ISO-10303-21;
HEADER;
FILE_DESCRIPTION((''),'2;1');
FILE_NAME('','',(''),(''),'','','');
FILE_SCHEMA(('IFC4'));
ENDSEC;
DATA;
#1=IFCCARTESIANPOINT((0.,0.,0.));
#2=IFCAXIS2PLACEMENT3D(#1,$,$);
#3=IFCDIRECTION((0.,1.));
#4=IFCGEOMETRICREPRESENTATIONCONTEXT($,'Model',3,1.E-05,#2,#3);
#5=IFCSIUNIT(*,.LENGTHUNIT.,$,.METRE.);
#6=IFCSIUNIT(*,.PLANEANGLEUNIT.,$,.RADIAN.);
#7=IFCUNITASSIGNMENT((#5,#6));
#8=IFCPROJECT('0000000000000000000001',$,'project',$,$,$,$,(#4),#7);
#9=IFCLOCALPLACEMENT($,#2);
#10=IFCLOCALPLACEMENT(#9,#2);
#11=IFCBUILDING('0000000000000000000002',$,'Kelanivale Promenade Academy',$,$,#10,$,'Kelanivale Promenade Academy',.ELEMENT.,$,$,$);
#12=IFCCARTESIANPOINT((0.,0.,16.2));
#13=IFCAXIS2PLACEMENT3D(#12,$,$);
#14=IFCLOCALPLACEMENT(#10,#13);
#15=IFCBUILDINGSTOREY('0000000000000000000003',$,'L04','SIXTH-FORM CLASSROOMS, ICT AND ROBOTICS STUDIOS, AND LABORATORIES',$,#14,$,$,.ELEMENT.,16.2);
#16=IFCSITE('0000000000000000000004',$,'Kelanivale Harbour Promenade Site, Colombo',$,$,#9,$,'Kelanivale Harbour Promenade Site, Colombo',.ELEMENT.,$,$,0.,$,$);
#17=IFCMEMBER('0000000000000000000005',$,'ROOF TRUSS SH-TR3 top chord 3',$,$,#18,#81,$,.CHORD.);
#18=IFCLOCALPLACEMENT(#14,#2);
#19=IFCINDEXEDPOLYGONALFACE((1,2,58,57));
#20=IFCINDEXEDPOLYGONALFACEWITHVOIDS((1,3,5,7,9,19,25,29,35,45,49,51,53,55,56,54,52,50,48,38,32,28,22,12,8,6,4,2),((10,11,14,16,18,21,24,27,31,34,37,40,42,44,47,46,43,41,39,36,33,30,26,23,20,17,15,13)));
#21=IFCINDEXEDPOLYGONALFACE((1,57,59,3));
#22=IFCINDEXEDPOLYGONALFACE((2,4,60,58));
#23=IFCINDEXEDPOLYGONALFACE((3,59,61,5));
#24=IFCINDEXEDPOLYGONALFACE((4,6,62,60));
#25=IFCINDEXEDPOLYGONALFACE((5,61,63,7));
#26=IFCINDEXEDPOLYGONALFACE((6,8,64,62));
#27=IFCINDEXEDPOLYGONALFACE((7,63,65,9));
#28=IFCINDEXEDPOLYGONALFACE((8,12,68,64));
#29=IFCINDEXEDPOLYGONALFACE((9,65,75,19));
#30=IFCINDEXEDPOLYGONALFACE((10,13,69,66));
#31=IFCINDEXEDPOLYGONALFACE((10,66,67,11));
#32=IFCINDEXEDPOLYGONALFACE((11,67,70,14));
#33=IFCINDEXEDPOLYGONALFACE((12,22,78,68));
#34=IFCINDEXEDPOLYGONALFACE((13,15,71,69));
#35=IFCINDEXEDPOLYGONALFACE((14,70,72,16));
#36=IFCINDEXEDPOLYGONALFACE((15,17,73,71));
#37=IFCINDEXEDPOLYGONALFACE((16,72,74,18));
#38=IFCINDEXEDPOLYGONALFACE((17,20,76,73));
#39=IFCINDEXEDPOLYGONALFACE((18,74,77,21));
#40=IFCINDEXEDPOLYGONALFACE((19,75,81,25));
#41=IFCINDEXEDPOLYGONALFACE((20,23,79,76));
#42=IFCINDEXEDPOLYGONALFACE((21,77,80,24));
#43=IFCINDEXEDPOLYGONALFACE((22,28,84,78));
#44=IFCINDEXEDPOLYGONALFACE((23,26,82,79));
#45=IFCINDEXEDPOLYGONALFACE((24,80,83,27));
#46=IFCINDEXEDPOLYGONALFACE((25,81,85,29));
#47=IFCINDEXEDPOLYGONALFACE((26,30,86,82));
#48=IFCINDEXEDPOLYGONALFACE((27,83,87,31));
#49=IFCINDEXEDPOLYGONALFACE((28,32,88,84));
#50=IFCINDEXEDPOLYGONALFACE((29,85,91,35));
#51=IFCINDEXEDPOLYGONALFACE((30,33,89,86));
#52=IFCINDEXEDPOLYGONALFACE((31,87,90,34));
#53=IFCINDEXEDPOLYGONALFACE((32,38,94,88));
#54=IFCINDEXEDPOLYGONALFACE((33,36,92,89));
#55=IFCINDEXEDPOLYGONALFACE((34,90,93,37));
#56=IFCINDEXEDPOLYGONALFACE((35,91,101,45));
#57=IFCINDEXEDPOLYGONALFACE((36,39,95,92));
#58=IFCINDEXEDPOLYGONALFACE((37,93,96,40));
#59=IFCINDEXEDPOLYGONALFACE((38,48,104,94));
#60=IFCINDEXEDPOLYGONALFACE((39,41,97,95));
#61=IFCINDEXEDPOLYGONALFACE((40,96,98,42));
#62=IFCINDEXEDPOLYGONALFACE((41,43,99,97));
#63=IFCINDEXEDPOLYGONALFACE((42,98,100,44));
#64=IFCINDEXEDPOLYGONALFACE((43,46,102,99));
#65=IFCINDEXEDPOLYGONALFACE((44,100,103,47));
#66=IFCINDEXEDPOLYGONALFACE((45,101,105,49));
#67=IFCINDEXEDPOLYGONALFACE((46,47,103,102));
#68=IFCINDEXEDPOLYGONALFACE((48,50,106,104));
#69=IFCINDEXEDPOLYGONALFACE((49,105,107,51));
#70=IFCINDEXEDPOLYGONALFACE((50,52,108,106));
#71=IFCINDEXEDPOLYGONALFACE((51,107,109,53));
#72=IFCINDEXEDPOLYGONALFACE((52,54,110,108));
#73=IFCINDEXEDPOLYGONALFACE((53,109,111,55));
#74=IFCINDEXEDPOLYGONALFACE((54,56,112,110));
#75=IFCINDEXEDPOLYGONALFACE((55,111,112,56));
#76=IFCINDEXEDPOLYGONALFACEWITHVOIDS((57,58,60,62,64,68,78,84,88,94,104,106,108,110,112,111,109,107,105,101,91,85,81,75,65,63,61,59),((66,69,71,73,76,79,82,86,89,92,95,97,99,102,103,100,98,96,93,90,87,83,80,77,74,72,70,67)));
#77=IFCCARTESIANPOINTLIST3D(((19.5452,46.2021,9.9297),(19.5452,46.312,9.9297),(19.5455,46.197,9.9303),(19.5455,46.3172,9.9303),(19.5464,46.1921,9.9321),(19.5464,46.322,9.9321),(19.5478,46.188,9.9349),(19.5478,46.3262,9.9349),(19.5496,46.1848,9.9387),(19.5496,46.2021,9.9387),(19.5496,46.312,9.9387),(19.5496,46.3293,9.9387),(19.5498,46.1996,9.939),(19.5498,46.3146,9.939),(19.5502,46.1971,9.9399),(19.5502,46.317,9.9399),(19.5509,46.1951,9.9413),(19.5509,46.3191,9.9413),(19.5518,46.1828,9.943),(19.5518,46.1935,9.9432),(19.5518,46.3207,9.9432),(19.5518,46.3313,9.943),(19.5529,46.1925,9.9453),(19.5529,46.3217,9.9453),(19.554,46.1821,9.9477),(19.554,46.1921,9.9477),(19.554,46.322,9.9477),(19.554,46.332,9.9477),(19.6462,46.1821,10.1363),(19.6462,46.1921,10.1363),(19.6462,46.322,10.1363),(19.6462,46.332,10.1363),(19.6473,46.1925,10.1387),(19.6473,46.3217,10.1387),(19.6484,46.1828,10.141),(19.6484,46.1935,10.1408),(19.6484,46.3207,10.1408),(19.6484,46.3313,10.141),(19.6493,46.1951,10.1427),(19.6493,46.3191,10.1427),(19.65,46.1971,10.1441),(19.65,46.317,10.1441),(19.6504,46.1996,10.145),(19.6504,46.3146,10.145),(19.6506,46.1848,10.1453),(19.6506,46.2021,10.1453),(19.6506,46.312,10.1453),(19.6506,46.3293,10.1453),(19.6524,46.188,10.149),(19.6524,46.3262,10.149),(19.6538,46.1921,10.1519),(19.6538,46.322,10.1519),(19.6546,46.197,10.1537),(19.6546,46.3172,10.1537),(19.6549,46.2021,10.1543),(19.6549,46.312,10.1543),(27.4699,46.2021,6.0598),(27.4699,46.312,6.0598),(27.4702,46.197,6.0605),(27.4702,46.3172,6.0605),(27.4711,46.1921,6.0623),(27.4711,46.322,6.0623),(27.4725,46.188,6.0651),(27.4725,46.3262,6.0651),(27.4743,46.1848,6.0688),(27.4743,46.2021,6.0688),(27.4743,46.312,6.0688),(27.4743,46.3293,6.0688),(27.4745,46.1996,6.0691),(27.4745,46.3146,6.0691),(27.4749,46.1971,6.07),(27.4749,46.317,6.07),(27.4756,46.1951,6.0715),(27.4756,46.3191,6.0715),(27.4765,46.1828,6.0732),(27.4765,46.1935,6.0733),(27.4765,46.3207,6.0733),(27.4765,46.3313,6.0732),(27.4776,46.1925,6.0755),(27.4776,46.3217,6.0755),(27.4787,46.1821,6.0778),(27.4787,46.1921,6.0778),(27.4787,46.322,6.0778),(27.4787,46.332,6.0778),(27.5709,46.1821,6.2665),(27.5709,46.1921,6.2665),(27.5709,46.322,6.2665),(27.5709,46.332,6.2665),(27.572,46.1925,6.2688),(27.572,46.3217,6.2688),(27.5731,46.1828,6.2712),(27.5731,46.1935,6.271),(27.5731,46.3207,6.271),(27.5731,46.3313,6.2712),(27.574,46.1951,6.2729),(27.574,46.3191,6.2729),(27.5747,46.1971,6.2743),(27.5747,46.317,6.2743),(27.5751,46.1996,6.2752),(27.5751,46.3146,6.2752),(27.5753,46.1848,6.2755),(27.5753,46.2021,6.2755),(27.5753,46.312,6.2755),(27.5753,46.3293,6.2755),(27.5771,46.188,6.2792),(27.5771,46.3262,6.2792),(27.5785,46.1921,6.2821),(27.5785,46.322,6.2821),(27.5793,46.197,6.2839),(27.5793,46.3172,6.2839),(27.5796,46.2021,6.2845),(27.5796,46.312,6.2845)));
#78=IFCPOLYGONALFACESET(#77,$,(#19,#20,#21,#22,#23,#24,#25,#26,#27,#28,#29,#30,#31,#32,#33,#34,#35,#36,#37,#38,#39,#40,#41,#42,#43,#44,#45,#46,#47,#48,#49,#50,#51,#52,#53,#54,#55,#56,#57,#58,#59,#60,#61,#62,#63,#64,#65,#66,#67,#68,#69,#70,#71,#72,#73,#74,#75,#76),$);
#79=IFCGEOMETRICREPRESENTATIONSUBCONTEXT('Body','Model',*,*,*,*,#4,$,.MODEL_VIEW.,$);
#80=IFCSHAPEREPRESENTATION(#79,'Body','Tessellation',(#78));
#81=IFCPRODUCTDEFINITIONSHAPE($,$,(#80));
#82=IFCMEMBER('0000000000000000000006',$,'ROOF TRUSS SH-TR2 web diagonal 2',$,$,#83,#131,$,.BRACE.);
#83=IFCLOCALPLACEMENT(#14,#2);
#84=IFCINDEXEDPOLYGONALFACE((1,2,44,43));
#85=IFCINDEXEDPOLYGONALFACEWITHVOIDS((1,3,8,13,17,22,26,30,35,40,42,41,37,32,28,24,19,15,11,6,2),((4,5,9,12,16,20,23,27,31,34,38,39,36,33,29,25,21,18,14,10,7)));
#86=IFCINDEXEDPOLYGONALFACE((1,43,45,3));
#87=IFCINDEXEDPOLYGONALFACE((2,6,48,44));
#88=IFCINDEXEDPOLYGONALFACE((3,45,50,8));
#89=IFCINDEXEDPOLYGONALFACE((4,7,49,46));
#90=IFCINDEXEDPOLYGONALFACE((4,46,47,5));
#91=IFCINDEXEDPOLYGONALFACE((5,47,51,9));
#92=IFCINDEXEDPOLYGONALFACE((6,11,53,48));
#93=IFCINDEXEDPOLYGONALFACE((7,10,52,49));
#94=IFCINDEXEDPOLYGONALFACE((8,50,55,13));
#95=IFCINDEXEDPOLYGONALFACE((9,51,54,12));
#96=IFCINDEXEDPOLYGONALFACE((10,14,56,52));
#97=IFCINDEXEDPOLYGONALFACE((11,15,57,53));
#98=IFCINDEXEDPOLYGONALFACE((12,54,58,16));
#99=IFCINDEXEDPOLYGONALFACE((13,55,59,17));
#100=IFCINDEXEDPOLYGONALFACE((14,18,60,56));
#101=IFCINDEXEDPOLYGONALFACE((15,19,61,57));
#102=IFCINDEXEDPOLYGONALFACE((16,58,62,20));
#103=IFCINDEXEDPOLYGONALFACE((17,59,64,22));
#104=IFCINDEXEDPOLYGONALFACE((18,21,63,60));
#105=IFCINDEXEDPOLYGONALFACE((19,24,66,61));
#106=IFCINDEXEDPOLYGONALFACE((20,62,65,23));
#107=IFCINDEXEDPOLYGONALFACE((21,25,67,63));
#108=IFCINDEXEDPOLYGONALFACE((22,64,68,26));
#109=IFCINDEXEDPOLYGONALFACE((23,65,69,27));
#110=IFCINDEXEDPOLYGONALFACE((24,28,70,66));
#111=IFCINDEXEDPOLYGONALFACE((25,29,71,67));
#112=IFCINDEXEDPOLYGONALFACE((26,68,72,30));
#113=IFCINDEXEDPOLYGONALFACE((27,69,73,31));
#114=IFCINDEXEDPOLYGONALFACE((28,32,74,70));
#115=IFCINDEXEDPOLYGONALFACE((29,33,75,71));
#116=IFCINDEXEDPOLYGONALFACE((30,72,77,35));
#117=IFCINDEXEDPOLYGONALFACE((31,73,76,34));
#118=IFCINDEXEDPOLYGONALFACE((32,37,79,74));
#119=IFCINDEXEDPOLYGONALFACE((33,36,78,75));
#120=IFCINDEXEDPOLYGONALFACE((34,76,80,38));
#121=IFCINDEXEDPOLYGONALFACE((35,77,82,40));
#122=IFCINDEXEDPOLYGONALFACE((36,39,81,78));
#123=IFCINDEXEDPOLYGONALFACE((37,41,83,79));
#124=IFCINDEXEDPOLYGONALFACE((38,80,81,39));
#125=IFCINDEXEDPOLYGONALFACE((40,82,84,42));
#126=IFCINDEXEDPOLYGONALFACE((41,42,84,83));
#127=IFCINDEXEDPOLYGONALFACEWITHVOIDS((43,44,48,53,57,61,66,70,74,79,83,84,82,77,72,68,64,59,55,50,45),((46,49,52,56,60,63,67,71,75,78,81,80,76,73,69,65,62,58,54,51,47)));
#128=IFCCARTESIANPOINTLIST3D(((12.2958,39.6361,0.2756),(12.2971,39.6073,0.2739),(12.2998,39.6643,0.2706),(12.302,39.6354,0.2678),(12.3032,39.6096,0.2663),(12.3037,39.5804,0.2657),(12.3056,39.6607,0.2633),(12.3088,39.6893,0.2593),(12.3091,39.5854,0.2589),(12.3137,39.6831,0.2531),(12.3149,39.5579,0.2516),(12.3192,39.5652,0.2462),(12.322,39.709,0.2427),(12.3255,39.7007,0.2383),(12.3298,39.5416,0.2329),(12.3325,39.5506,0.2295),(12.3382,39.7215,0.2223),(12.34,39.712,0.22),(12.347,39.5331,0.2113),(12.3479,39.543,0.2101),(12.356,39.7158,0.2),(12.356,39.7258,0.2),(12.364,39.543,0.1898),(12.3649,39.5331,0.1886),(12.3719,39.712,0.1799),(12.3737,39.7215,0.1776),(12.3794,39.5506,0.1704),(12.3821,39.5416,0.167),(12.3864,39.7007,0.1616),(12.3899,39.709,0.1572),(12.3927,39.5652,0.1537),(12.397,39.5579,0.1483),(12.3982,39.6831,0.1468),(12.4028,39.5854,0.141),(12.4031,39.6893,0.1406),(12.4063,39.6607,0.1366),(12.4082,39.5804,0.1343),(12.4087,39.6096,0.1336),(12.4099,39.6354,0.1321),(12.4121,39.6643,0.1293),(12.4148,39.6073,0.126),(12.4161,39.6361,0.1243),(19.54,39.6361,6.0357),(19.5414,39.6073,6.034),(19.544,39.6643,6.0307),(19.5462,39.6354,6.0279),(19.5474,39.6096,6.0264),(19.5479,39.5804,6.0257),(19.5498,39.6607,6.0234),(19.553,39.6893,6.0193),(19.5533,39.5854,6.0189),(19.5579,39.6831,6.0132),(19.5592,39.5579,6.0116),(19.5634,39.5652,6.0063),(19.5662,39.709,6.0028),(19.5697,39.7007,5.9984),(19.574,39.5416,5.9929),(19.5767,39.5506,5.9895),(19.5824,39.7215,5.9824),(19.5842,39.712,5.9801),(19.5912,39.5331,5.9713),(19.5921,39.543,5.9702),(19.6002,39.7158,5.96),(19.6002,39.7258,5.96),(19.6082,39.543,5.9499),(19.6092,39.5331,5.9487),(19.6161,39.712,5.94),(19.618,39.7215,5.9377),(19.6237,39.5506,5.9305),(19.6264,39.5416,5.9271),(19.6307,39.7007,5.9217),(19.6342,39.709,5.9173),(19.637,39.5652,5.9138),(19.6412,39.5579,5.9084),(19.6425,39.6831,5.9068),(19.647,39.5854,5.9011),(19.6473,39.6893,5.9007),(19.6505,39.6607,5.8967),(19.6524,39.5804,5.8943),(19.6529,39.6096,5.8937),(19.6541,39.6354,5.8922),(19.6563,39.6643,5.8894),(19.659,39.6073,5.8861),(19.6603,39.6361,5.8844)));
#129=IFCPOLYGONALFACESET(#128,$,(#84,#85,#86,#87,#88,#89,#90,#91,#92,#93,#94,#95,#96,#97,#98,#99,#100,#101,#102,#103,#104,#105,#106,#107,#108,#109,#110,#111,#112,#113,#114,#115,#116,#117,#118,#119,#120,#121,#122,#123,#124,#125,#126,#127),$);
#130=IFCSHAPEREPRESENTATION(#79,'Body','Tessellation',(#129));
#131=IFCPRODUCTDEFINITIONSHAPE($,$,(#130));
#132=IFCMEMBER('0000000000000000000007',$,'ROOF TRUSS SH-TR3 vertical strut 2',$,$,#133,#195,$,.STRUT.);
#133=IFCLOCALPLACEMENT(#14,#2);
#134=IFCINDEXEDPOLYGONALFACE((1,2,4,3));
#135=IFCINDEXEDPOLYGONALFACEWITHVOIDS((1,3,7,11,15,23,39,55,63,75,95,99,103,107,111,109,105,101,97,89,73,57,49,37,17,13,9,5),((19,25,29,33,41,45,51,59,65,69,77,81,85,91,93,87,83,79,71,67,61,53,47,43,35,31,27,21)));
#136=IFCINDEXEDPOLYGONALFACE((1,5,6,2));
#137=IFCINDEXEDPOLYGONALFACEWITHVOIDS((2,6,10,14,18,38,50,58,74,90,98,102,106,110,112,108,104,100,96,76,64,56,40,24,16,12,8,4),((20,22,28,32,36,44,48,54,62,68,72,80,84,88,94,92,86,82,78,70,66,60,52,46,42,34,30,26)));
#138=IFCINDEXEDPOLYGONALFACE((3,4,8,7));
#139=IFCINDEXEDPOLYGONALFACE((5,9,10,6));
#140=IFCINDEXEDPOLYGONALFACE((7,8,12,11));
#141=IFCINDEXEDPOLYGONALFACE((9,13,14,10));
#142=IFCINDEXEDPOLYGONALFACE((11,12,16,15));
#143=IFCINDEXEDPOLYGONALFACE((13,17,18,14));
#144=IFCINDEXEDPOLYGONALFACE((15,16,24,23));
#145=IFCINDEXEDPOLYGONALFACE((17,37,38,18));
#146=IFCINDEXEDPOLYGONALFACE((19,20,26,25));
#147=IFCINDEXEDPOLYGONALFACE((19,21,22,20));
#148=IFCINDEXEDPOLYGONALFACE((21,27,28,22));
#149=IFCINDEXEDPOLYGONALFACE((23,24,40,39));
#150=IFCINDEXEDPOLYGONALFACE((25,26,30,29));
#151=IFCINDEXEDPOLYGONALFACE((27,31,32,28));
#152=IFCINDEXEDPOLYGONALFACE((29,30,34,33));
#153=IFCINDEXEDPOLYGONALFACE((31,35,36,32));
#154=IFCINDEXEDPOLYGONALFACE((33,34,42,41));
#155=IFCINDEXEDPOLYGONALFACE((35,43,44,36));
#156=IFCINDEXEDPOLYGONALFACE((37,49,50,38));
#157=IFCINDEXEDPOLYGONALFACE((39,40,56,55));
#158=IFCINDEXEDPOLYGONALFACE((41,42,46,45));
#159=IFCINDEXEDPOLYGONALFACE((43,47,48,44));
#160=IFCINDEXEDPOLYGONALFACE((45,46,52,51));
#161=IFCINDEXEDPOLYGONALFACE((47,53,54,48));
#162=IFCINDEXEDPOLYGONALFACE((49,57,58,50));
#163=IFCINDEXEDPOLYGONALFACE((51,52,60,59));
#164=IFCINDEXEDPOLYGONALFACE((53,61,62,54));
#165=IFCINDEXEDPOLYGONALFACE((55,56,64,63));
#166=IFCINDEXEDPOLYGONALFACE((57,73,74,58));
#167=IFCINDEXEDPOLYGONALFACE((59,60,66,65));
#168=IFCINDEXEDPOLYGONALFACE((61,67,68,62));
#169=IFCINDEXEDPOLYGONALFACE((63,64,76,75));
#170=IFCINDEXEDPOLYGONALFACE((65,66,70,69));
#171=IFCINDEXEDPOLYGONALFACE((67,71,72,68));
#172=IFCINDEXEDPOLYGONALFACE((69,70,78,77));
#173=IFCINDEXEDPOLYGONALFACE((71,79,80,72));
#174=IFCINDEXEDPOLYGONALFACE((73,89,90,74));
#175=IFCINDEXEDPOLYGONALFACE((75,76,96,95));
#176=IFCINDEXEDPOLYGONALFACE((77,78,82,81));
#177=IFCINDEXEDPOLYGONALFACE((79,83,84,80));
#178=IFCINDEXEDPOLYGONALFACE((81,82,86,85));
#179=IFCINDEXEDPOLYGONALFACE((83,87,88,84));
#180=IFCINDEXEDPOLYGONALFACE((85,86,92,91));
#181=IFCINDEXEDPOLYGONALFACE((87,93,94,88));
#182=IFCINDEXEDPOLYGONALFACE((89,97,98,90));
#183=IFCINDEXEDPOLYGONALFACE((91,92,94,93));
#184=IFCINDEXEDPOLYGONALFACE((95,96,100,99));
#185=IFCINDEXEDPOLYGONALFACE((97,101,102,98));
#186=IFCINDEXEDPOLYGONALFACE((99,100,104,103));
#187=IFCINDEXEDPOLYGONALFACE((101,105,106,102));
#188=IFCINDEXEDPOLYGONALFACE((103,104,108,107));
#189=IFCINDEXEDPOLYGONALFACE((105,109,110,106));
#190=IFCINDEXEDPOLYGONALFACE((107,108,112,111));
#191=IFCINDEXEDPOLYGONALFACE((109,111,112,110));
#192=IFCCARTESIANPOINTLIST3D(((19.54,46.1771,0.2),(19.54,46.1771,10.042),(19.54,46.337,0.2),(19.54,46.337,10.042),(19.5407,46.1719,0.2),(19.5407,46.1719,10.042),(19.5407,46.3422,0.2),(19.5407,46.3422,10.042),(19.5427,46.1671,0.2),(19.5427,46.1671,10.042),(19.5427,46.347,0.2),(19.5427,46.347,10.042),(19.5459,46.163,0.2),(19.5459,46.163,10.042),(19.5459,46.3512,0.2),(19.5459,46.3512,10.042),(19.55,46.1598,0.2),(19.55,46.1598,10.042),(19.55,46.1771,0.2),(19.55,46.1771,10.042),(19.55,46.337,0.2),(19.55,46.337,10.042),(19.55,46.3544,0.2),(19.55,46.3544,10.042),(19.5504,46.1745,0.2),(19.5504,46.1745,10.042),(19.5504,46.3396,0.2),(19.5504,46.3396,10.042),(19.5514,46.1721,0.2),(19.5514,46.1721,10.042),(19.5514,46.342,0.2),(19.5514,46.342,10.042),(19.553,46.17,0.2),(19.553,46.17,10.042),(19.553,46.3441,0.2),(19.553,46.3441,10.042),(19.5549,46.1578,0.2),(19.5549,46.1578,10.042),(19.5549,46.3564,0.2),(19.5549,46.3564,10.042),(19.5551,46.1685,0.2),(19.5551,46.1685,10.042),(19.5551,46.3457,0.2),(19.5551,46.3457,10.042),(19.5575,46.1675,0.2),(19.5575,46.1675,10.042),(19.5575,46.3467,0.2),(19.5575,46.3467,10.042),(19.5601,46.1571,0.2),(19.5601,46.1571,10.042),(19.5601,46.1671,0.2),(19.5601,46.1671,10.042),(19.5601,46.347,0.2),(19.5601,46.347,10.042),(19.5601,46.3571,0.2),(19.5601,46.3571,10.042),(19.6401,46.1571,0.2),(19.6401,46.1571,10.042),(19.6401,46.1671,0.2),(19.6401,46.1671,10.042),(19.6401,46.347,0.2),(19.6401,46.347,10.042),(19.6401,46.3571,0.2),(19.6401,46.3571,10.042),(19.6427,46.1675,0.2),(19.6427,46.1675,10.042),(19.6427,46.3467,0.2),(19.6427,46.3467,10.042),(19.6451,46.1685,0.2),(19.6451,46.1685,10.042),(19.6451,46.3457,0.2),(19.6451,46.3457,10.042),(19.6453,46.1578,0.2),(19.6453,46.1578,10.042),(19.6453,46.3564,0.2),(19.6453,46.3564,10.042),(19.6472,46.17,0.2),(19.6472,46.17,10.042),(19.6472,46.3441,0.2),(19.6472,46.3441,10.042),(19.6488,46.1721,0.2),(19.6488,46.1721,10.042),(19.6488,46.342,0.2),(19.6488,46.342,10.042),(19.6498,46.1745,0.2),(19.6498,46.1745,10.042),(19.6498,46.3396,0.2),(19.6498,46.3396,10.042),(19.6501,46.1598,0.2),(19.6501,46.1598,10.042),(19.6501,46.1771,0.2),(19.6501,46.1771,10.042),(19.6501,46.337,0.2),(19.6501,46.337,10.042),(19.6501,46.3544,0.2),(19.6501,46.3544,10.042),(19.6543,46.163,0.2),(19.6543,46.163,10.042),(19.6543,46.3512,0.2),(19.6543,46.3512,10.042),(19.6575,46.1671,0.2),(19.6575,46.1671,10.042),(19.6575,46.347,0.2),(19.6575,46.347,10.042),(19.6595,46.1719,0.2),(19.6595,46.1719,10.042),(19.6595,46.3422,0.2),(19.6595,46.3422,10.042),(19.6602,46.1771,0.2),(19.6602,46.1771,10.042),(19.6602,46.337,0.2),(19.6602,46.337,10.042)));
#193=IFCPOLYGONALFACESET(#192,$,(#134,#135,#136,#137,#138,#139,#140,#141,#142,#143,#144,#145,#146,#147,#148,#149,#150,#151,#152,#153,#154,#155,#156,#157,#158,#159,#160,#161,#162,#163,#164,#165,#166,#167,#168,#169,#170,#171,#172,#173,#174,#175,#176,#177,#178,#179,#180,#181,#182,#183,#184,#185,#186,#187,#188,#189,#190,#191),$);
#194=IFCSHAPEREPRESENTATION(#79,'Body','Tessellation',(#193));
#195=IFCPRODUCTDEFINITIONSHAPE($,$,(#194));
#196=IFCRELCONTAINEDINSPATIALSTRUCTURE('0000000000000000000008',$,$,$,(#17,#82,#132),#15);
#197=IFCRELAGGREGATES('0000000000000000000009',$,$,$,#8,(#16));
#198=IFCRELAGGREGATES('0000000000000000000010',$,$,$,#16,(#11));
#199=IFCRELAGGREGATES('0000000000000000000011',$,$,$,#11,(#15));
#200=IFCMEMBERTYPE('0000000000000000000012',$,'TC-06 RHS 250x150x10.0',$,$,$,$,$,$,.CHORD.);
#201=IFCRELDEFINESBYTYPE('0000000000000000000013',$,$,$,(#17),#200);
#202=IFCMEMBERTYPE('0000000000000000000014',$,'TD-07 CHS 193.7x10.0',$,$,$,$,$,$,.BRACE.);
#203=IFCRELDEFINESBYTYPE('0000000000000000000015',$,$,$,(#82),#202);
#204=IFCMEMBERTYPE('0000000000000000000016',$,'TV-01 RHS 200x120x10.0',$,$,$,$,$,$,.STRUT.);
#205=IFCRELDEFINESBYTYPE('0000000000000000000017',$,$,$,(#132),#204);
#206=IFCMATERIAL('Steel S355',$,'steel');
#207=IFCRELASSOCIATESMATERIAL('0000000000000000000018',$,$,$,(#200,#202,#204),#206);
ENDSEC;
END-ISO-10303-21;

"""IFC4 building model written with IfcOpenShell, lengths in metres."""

from ifc_helpers import new_model, si_unit, direction, frame, origin, origin_2d, place, context, subcontext, project, spatial, hollow_rectangle, hollow_circle, extrude, material, material_profile, profile_set, type_object, element, save


model = new_model("IFC4")

# Units and contexts
model_context = context("Model", 3, precision=1e-05, world=origin(), true_north=direction((0.0, 1.0)))
body_context = subcontext(model_context, "Body", "Model", "MODEL_VIEW")
ifc_project = project(units=[si_unit("LENGTHUNIT", "METRE"), si_unit("PLANEANGLEUNIT", "RADIAN")], contexts=[model_context])

# Site, building, storey
site_placement = place(None, origin())
site = spatial("IfcSite", under=ifc_project, at=site_placement, Name="Kelanivale Harbour Promenade Site, Colombo", LongName="Kelanivale Harbour Promenade Site, Colombo", CompositionType="ELEMENT", RefElevation=0.0)
building_placement = place(site_placement, origin())
building = spatial("IfcBuilding", under=site, at=building_placement, Name="Kelanivale Promenade Academy", LongName="Kelanivale Promenade Academy", CompositionType="ELEMENT")
storey_placement = place(building_placement, frame((0.0, 0.0, 16.2)))
storey = spatial("IfcBuildingStorey", under=building, at=storey_placement, Name="L04", Description="SIXTH-FORM CLASSROOMS, ICT AND ROBOTICS STUDIOS, AND LABORATORIES", CompositionType="ELEMENT", Elevation=16.2)

# Members
ifc_material_1 = material(Name="Steel S355", Category="steel")
ifc_material_profile_1 = material_profile(ifc_material_1, hollow_rectangle(XDim=0.1499, YDim=0.25, WallThickness=0.01, InnerFilletRadius=0.01, OuterFilletRadius=0.02, at=origin_2d()), Name="RHS 250x150x10.0")
ifc_profile_set_1 = profile_set([ifc_material_profile_1], Name="Steel S355")
member_type_1 = type_object("IfcMemberType", Name="TC-06 RHS 250x150x10.0", PredefinedType="CHORD", material=ifc_profile_set_1)
member_1_placement = place(storey_placement, frame((19.6001, 46.2571, 10.042), z_axis=(0.898585, 0.0, -0.4388), x_axis=(0.0, 1.0, 0.0)))
element("IfcMember", 1, at=member_1_placement, inside=storey, type_object=member_type_1, Name="ROOF TRUSS SH-TR3 top chord 3", PredefinedType="CHORD", context=body_context, shape_type="SweptSolid", body=[
    extrude(hollow_rectangle(XDim=0.1499, YDim=0.25, WallThickness=0.01, InnerFilletRadius=0.01, OuterFilletRadius=0.02, at=origin_2d()), origin(), (0.0, 0.0, 1.0), 8.8191),
])
ifc_material_profile_2 = material_profile(ifc_material_1, hollow_circle(Radius=0.0969, WallThickness=0.01, at=origin_2d()), Name="CHS 193.7x10.0")
ifc_profile_set_2 = profile_set([ifc_material_profile_2], Name="Steel S355")
member_type_2 = type_object("IfcMemberType", Name="TD-07 CHS 193.7x10.0", PredefinedType="BRACE", material=ifc_profile_set_2)
member_2_placement = place(storey_placement, frame((12.356, 39.6289, 0.2), z_axis=(0.782726, 0.0, 0.622366), x_axis=(0.0, 1.0, 0.0)))
element("IfcMember", 2, at=member_2_placement, inside=storey, type_object=member_type_2, Name="ROOF TRUSS SH-TR2 web diagonal 2", PredefinedType="BRACE", context=body_context, shape_type="SweptSolid", body=[
    extrude(hollow_circle(Radius=0.0969, WallThickness=0.01, at=origin_2d()), origin(), (0.0, 0.0, 1.0), 9.2551),
])
ifc_material_profile_3 = material_profile(ifc_material_1, hollow_rectangle(XDim=0.1201, YDim=0.2, WallThickness=0.01, InnerFilletRadius=0.01, OuterFilletRadius=0.02, at=origin_2d()), Name="RHS 200x120x10.0")
ifc_profile_set_3 = profile_set([ifc_material_profile_3], Name="Steel S355")
member_type_3 = type_object("IfcMemberType", Name="TV-01 RHS 200x120x10.0", PredefinedType="STRUT", material=ifc_profile_set_3)
member_3_placement = place(storey_placement, frame((19.6001, 46.2571, 0.2), z_axis=(0.0, 0.0, 1.0), x_axis=(1.0, 0.0, 0.0)))
element("IfcMember", 3, at=member_3_placement, inside=storey, type_object=member_type_3, Name="ROOF TRUSS SH-TR3 vertical strut 2", PredefinedType="STRUT", context=body_context, shape_type="SweptSolid", body=[
    extrude(hollow_rectangle(XDim=0.1201, YDim=0.2, WallThickness=0.01, InnerFilletRadius=0.01, OuterFilletRadius=0.02, at=origin_2d()), origin(), (0.0, 0.0, 1.0), 9.842),
])

save(model, "model.ifc")
